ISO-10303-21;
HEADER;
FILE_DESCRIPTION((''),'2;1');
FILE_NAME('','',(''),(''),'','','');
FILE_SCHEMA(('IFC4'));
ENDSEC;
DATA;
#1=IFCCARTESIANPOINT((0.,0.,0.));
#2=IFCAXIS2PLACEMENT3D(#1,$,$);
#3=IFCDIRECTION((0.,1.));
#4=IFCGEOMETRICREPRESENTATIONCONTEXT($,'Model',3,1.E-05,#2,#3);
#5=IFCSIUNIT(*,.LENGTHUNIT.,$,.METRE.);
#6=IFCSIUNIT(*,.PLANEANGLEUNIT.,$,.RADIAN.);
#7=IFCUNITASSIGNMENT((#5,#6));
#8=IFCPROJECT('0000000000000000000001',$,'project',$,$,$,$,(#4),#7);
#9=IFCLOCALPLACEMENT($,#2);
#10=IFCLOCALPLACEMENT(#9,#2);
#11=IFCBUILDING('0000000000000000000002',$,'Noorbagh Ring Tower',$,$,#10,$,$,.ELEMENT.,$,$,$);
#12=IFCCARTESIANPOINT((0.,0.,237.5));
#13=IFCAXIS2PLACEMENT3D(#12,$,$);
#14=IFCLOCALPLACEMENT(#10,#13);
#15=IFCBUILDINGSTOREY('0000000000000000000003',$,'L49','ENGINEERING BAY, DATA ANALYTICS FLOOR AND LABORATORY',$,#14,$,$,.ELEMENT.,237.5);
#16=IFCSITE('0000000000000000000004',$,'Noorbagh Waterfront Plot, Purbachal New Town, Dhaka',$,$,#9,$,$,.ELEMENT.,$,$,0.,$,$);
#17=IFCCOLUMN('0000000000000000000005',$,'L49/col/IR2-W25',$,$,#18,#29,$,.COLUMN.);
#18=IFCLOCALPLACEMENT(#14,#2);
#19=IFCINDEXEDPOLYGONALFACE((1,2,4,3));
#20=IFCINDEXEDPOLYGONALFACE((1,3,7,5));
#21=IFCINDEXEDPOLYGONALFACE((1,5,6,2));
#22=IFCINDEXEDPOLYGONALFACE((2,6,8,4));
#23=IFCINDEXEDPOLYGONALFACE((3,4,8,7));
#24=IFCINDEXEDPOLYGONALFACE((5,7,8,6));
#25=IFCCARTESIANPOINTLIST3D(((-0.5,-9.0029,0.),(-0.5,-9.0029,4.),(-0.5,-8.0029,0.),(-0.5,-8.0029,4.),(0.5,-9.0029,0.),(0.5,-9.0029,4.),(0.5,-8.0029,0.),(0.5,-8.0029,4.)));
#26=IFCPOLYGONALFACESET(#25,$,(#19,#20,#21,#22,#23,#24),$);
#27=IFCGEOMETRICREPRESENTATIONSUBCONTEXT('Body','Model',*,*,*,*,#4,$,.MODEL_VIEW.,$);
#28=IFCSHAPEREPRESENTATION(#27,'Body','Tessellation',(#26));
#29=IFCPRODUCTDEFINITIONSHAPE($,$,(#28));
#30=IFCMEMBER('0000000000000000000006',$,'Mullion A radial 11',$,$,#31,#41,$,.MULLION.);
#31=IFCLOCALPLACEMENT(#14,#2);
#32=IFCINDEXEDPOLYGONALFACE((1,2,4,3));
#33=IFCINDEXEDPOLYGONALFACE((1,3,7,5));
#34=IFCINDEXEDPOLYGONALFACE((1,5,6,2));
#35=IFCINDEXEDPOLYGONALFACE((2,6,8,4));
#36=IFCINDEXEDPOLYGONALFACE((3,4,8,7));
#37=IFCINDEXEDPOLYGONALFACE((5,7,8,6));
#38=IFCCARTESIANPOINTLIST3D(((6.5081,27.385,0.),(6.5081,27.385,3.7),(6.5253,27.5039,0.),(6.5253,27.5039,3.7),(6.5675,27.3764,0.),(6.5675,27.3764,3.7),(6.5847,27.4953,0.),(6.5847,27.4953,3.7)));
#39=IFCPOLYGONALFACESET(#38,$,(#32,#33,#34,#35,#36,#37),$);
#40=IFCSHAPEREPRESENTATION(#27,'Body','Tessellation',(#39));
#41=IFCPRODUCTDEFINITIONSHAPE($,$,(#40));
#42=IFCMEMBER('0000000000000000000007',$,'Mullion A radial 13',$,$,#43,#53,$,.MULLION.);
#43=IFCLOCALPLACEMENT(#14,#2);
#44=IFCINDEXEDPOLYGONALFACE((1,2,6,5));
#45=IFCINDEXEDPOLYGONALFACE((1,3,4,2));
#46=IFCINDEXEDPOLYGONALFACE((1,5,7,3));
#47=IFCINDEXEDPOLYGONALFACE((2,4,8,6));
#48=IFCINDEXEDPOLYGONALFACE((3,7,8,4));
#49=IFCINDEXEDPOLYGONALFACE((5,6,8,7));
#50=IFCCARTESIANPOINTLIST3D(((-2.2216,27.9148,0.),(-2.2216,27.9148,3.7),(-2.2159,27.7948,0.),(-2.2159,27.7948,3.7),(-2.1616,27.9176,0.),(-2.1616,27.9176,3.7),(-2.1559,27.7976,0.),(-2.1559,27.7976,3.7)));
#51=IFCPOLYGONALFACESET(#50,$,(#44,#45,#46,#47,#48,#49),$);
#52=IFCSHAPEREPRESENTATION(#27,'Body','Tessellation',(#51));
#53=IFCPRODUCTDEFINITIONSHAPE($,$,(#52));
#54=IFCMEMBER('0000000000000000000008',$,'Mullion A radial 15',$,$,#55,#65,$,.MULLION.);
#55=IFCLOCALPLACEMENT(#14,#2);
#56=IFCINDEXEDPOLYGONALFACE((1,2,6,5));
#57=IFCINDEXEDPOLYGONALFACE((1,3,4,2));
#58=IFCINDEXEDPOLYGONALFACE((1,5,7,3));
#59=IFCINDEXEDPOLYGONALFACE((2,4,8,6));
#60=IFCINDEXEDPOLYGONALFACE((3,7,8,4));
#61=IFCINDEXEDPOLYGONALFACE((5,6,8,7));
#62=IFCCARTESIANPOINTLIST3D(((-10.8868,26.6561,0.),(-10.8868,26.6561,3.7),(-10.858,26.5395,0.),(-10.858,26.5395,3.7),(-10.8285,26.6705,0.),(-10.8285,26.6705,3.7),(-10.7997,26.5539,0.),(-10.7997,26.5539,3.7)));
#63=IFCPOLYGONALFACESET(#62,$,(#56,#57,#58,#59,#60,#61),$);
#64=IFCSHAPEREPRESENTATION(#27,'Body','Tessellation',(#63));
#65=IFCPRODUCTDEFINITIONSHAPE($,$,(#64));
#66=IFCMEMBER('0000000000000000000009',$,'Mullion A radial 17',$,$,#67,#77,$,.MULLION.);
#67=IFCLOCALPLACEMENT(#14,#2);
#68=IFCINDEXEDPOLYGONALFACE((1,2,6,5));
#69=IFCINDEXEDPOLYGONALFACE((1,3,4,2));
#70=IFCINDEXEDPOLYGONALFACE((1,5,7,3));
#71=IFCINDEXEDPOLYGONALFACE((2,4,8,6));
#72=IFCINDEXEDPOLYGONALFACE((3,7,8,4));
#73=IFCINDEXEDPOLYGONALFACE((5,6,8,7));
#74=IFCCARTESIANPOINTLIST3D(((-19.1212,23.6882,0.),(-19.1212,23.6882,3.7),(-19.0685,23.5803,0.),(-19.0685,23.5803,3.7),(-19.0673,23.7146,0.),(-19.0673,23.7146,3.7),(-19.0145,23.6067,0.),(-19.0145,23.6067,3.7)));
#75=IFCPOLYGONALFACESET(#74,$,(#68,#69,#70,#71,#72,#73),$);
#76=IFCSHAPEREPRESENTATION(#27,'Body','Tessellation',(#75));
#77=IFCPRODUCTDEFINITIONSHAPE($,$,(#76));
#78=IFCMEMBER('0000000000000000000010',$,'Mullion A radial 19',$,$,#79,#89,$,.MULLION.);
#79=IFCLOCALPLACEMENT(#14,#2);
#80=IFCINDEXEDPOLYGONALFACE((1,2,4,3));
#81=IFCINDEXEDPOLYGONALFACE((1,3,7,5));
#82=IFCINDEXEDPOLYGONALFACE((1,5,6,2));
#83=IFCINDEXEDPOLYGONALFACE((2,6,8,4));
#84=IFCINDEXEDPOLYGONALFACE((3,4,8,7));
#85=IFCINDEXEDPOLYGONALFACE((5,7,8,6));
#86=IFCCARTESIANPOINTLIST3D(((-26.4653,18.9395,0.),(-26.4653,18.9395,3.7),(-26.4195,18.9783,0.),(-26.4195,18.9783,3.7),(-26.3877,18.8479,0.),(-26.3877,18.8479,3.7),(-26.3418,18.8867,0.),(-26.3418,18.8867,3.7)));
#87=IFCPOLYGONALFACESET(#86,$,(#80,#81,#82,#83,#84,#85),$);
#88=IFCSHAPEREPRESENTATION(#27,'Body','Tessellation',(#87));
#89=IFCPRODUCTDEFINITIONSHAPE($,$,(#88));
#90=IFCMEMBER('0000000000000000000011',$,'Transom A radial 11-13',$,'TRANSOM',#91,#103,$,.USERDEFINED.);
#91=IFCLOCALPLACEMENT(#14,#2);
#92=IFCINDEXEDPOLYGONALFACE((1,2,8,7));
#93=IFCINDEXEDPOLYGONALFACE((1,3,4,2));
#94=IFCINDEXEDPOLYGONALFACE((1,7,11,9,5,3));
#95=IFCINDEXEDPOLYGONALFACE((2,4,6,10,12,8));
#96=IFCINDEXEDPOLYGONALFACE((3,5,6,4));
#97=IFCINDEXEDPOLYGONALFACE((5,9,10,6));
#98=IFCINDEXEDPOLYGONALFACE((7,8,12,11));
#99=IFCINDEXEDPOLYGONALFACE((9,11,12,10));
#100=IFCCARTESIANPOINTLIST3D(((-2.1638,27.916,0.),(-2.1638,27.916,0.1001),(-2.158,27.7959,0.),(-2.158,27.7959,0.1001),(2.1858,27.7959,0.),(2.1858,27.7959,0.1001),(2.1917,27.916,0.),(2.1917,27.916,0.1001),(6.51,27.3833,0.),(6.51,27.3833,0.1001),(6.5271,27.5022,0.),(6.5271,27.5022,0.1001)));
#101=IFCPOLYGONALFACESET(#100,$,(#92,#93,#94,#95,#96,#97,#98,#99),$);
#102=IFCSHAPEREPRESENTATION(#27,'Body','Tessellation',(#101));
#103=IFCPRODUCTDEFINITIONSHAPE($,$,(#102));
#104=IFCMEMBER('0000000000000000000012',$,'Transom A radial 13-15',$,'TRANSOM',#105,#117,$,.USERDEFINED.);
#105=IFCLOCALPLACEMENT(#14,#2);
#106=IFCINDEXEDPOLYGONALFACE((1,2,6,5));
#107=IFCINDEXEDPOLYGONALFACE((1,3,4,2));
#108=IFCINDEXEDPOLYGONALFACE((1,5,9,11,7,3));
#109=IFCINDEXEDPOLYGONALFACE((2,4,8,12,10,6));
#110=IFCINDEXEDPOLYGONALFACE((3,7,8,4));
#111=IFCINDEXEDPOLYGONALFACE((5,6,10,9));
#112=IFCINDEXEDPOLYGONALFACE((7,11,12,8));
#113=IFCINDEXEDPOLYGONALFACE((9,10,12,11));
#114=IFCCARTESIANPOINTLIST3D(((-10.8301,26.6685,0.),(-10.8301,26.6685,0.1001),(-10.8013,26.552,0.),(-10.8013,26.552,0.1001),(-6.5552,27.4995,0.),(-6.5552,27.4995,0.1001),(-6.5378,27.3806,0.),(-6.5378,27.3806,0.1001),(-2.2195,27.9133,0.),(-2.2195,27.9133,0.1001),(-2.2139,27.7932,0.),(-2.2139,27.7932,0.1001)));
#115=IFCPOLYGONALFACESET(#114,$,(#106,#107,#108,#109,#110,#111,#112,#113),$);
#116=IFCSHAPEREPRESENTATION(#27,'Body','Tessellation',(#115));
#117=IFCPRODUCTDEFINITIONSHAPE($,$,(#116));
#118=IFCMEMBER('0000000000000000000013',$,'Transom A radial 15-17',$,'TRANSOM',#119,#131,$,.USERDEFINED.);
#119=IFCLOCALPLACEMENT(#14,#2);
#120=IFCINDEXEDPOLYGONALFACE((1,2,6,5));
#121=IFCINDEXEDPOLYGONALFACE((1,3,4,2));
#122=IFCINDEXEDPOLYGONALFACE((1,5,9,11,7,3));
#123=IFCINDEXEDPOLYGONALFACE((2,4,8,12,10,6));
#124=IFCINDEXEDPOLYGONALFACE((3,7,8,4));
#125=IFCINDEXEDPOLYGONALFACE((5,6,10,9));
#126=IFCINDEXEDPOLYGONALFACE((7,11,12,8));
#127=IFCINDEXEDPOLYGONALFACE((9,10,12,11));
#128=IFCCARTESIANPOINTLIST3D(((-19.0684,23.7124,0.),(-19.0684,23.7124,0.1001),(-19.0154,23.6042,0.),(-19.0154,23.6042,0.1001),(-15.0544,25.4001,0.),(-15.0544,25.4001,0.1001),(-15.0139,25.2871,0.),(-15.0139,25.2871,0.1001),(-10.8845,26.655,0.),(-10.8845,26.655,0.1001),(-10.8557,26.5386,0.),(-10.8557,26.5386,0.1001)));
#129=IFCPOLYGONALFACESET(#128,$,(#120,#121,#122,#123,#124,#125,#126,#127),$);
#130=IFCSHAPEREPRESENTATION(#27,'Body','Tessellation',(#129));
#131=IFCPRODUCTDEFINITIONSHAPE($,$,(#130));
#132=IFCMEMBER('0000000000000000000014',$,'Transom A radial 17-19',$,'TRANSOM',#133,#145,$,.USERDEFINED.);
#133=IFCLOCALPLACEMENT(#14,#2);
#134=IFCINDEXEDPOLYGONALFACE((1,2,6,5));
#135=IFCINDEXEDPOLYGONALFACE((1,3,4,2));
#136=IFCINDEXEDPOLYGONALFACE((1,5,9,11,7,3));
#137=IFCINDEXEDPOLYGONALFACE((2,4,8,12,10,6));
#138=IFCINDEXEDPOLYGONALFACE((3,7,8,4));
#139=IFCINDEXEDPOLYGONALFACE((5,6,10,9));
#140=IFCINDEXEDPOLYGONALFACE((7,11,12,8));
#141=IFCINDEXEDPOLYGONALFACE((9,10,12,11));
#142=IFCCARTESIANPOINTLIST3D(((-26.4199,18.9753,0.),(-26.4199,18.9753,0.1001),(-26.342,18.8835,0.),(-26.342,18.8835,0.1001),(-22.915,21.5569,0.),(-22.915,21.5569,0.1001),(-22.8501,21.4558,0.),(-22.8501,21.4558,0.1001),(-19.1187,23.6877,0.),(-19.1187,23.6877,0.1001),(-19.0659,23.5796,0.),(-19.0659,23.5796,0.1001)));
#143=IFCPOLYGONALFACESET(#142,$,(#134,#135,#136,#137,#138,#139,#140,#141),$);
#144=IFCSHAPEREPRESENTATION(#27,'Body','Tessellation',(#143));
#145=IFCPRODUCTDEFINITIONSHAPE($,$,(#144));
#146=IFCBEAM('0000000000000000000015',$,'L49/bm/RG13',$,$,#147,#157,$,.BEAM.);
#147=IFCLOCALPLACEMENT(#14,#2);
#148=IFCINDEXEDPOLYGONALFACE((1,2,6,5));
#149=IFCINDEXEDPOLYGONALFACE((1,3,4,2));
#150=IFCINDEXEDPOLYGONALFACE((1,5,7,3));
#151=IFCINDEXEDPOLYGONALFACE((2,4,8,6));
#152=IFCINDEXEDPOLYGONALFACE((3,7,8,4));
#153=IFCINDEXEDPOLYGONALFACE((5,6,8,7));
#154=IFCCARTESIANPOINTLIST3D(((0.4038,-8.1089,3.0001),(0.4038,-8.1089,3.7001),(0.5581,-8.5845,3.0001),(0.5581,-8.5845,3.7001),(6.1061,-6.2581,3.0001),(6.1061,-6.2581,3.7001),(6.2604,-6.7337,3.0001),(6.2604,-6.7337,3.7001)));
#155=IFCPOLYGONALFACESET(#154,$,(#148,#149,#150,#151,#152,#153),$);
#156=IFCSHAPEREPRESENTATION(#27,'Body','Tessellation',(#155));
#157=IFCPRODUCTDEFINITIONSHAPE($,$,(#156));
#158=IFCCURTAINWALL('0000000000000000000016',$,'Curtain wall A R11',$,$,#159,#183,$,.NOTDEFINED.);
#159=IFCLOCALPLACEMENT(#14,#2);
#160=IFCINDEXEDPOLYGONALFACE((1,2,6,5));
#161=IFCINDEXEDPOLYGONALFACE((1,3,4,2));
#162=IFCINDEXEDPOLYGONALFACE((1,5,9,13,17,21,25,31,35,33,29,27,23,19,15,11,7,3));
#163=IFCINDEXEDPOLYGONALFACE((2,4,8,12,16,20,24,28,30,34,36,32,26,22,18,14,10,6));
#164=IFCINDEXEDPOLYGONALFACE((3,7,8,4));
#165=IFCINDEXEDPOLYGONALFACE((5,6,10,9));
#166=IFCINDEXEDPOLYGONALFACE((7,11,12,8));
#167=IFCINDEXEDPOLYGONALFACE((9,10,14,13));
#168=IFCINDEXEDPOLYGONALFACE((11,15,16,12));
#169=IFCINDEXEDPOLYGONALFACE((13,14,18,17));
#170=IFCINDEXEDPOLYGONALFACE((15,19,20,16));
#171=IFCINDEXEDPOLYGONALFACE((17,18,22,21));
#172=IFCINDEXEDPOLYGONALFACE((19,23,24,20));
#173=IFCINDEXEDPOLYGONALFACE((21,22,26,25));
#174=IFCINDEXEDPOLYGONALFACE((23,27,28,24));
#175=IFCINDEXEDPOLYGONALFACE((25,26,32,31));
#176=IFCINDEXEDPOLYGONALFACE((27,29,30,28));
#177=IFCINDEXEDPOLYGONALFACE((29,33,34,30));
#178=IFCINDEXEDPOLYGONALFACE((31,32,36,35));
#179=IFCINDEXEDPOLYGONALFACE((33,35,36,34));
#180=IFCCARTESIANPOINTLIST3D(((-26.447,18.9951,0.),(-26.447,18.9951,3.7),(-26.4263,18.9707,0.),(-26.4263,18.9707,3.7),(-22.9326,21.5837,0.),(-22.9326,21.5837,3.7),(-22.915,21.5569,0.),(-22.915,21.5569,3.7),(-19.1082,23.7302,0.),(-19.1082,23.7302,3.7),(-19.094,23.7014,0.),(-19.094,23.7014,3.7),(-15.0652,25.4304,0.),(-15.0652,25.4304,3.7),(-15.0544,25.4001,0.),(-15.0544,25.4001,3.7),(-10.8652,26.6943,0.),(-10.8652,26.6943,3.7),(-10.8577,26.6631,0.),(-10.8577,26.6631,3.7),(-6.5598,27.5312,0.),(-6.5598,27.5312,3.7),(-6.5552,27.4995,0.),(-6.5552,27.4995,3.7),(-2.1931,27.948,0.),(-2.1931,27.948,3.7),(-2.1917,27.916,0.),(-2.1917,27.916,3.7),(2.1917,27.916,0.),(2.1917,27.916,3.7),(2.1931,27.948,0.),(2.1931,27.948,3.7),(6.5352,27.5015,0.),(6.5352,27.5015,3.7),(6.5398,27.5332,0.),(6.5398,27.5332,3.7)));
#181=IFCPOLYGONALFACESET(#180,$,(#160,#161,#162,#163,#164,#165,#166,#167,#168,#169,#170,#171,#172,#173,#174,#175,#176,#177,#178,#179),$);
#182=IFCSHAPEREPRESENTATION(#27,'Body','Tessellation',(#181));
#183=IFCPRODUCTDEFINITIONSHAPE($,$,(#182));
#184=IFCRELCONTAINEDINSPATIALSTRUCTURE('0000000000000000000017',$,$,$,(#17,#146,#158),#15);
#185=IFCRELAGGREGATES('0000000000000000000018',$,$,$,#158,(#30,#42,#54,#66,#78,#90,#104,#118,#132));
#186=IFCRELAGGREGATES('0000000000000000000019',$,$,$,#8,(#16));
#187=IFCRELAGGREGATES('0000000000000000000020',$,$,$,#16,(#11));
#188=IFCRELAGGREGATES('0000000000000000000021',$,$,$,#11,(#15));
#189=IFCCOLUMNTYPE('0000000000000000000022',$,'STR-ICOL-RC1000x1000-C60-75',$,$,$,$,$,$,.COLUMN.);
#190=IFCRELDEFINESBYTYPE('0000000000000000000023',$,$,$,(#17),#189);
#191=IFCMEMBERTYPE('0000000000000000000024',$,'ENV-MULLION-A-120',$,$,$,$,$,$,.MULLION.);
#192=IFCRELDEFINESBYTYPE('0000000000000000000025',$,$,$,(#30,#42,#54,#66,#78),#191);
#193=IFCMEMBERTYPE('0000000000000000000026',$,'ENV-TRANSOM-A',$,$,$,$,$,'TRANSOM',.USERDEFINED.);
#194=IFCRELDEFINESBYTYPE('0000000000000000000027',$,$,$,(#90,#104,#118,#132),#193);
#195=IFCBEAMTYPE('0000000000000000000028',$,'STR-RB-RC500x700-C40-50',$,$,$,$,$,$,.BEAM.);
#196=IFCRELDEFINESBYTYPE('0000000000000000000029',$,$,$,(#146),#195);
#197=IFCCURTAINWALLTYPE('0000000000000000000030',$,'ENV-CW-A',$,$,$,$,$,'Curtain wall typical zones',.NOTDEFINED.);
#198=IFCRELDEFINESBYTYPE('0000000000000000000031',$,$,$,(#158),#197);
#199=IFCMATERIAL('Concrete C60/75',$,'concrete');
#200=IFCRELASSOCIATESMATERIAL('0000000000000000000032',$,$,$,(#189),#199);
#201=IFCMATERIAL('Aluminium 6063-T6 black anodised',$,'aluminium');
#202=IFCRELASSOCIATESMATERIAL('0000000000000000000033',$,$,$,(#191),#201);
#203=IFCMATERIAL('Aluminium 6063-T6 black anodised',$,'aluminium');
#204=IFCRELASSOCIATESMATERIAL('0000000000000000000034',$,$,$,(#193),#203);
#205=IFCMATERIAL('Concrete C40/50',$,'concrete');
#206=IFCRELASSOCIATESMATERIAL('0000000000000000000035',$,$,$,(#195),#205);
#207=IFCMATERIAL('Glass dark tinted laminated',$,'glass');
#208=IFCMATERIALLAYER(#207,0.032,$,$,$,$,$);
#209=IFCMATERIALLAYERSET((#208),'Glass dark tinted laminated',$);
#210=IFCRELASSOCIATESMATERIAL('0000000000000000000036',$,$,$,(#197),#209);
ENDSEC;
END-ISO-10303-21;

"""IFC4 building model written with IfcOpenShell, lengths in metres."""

from ifc_helpers import new_model, si_unit, direction, frame, origin, origin_2d, place, context, subcontext, project, spatial, polyline, rectangle, outline, extrude, material, layer, layer_set, material_profile, profile_set, type_object, element, aggregate, save


model = new_model("IFC4")

# Units and contexts
model_context = context("Model", 3, precision=1e-05, world=origin(), true_north=direction((0.0, 1.0)))
body_context = subcontext(model_context, "Body", "Model", "MODEL_VIEW")
ifc_project = project(units=[si_unit("LENGTHUNIT", "METRE"), si_unit("PLANEANGLEUNIT", "RADIAN")], contexts=[model_context])

# Site, building, storey
site_placement = place(None, origin())
site = spatial("IfcSite", under=ifc_project, at=site_placement, Name="Noorbagh Waterfront Plot, Purbachal New Town, Dhaka", CompositionType="ELEMENT", RefElevation=0.0)
building_placement = place(site_placement, origin())
building = spatial("IfcBuilding", under=site, at=building_placement, Name="Noorbagh Ring Tower", CompositionType="ELEMENT")
storey_placement = place(building_placement, frame((0.0, 0.0, 237.5)))
storey = spatial("IfcBuildingStorey", under=building, at=storey_placement, Name="L49", Description="ENGINEERING BAY, DATA ANALYTICS FLOOR AND LABORATORY", CompositionType="ELEMENT", Elevation=237.5)

# Column
ifc_material_1 = material(Name="Concrete C60/75", Category="concrete")
ifc_material_profile_1 = material_profile(ifc_material_1, rectangle(XDim=1.0, YDim=1.0, at=origin_2d()), Name="RC1000x1000")
ifc_profile_set_1 = profile_set([ifc_material_profile_1], Name="Concrete C60/75")
column_type = type_object("IfcColumnType", Name="STR-ICOL-RC1000x1000-C60-75", PredefinedType="COLUMN", material=ifc_profile_set_1)
column_placement = place(storey_placement, frame((0.0, -8.5029, 0.0), z_axis=(0.0, 0.0, 1.0), x_axis=(1.0, 0.0, 0.0)))
element("IfcColumn", 1, at=column_placement, inside=storey, type_object=column_type, Name="L49/col/IR2-W25", PredefinedType="COLUMN", context=body_context, shape_type="SweptSolid", body=[
    extrude(rectangle(XDim=1.0, YDim=1.0, at=origin_2d()), origin(), (0.0, 0.0, 1.0), 4.0),
])

# Members
ifc_material_2 = material(Name="Aluminium 6063-T6 black anodised", Category="aluminium")
ifc_material_profile_2 = material_profile(ifc_material_2, rectangle(XDim=0.1201, YDim=0.0601, at=origin_2d()), Name="120x60")
ifc_profile_set_2 = profile_set([ifc_material_profile_2], Name="Aluminium 6063-T6 black anodised")
member_type_1 = type_object("IfcMemberType", Name="ENV-MULLION-A-120", PredefinedType="MULLION", material=ifc_profile_set_2)
member_1_placement = place(storey_placement, frame((6.5464, 27.4402, 0.0), z_axis=(0.0, 0.0, 1.0), x_axis=(-0.143082, -0.989711, 0.0)))
member_1 = element("IfcMember", 2, at=member_1_placement, type_object=member_type_1, Name="Mullion A radial 11", PredefinedType="MULLION", context=body_context, shape_type="SweptSolid", body=[
    extrude(rectangle(XDim=0.1201, YDim=0.0601, at=origin_2d()), origin(), (0.0, 0.0, 1.0), 3.7),
])
member_2_placement = place(storey_placement, frame((-2.1887, 27.8562, 0.0), z_axis=(0.0, 0.0, 1.0), x_axis=(0.047558, -0.998868, 0.0)))
member_2 = element("IfcMember", 3, at=member_2_placement, type_object=member_type_1, Name="Mullion A radial 13", PredefinedType="MULLION", context=body_context, shape_type="SweptSolid", body=[
    extrude(rectangle(XDim=0.1201, YDim=0.0601, at=origin_2d()), origin(), (0.0, 0.0, 1.0), 3.7),
])
member_3_placement = place(storey_placement, frame((-10.8433, 26.605, 0.0), z_axis=(0.0, 0.0, 1.0), x_axis=(0.239799, -0.970823, 0.0)))
member_3 = element("IfcMember", 4, at=member_3_placement, type_object=member_type_1, Name="Mullion A radial 15", PredefinedType="MULLION", context=body_context, shape_type="SweptSolid", body=[
    extrude(rectangle(XDim=0.1201, YDim=0.0601, at=origin_2d()), origin(), (0.0, 0.0, 1.0), 3.7),
])
member_4_placement = place(storey_placement, frame((-19.0679, 23.6475, 0.0), z_axis=(0.0, 0.0, 1.0), x_axis=(0.439238, -0.898371, 0.0)))
member_4 = element("IfcMember", 5, at=member_4_placement, type_object=member_type_1, Name="Mullion A radial 17", PredefinedType="MULLION", context=body_context, shape_type="SweptSolid", body=[
    extrude(rectangle(XDim=0.1201, YDim=0.0601, at=origin_2d()), origin(), (0.0, 0.0, 1.0), 3.7),
])
member_5_placement = place(storey_placement, frame((-26.4036, 18.9131, 0.0), z_axis=(0.0, 0.0, 1.0), x_axis=(0.646451, -0.762955, 0.0)))
member_5 = element("IfcMember", 6, at=member_5_placement, type_object=member_type_1, Name="Mullion A radial 19", PredefinedType="MULLION", context=body_context, shape_type="SweptSolid", body=[
    extrude(rectangle(XDim=0.1201, YDim=0.0601, at=origin_2d()), origin(), (0.0, 0.0, 1.0), 3.7),
])
ifc_material_3 = material(Name="Aluminium 6063-T6 black anodised", Category="aluminium")
member_type_2 = type_object("IfcMemberType", Name="ENV-TRANSOM-A", ElementType="TRANSOM", PredefinedType="USERDEFINED", material=ifc_material_3)
member_6_placement = place(storey_placement, origin())
member_6 = element("IfcMember", 7, at=member_6_placement, type_object=member_type_2, Name="Transom A radial 11-13", ObjectType="TRANSOM", PredefinedType="USERDEFINED", context=body_context, shape_type="SweptSolid", body=[
    extrude(outline(polyline([(6.5271, 27.5022), (2.1917, 27.916), (-2.1638, 27.916), (-2.158, 27.7959), (2.1858, 27.7959), (6.51, 27.3833), (6.5271, 27.5022)])), origin(), (0.0, 0.0, 1.0), 0.1001),
])
member_7_placement = place(storey_placement, origin())
member_7 = element("IfcMember", 8, at=member_7_placement, type_object=member_type_2, Name="Transom A radial 13-15", ObjectType="TRANSOM", PredefinedType="USERDEFINED", context=body_context, shape_type="SweptSolid", body=[
    extrude(outline(polyline([(-2.2195, 27.9133), (-6.5552, 27.4995), (-10.8301, 26.6685), (-10.8013, 26.552), (-6.5378, 27.3806), (-2.2139, 27.7932), (-2.2195, 27.9133)])), origin(), (0.0, 0.0, 1.0), 0.1001),
])
member_8_placement = place(storey_placement, origin())
member_8 = element("IfcMember", 9, at=member_8_placement, type_object=member_type_2, Name="Transom A radial 15-17", ObjectType="TRANSOM", PredefinedType="USERDEFINED", context=body_context, shape_type="SweptSolid", body=[
    extrude(outline(polyline([(-10.8845, 26.655), (-15.0544, 25.4001), (-19.0684, 23.7124), (-19.0154, 23.6042), (-15.0139, 25.2871), (-10.8557, 26.5386), (-10.8845, 26.655)])), origin(), (0.0, 0.0, 1.0), 0.1001),
])
member_9_placement = place(storey_placement, origin())
member_9 = element("IfcMember", 10, at=member_9_placement, type_object=member_type_2, Name="Transom A radial 17-19", ObjectType="TRANSOM", PredefinedType="USERDEFINED", context=body_context, shape_type="SweptSolid", body=[
    extrude(outline(polyline([(-19.1187, 23.6877), (-22.915, 21.5569), (-26.4199, 18.9753), (-26.342, 18.8835), (-22.8501, 21.4558), (-19.0659, 23.5796), (-19.1187, 23.6877)])), origin(), (0.0, 0.0, 1.0), 0.1001),
])

# Beam
ifc_material_4 = material(Name="Concrete C40/50", Category="concrete")
ifc_material_profile_3 = material_profile(ifc_material_4, rectangle(XDim=0.5, YDim=0.7, at=origin_2d()), Name="RC500x700")
ifc_profile_set_3 = profile_set([ifc_material_profile_3], Name="Concrete C40/50")
beam_type = type_object("IfcBeamType", Name="STR-RB-RC500x700-C40-50", PredefinedType="BEAM", material=ifc_profile_set_3)
beam_placement = place(storey_placement, frame((0.481, -8.3467, 3.3501), z_axis=(0.951154, 0.308717, 0.0), x_axis=(-0.308717, 0.951154, 0.0)))
element("IfcBeam", 11, at=beam_placement, inside=storey, type_object=beam_type, Name="L49/bm/RG13", PredefinedType="BEAM", context=body_context, shape_type="SweptSolid", body=[
    extrude(rectangle(XDim=0.5, YDim=0.7, at=origin_2d()), origin(), (0.0, 0.0, 1.0), 5.9951),
])

# Curtain wall
ifc_material_5 = material(Name="Glass dark tinted laminated", Category="glass")
ifc_layer_1 = layer(ifc_material_5, 0.032)
ifc_layer_set_1 = layer_set([ifc_layer_1], Name="Glass dark tinted laminated")
curtain_wall_type = type_object("IfcCurtainWallType", Name="ENV-CW-A", ElementType="Curtain wall typical zones", PredefinedType="NOTDEFINED", material=ifc_layer_set_1)
curtain_wall_1_placement = place(storey_placement, origin())
curtain_wall_1 = element("IfcCurtainWall", 12, at=curtain_wall_1_placement, inside=storey, type_object=curtain_wall_type, Name="Curtain wall A R11", PredefinedType="NOTDEFINED", context=body_context, shape_type="SweptSolid", body=[
    extrude(outline(polyline([(6.5398, 27.5332), (2.1931, 27.948), (-2.1931, 27.948), (-6.5598, 27.5312), (-10.8652, 26.6943), (-15.0652, 25.4304), (-19.1082, 23.7302), (-22.9326, 21.5837), (-26.447, 18.9951), (-26.4263, 18.9707), (-22.915, 21.5569), (-19.094, 23.7014), (-15.0544, 25.4001), (-10.8577, 26.6631), (-6.5552, 27.4995), (-2.1917, 27.916), (2.1917, 27.916), (6.5352, 27.5015), (6.5398, 27.5332)])), origin(), (0.0, 0.0, 1.0), 3.7),
])
aggregate(curtain_wall_1, [member_1, member_2, member_3, member_4, member_5, member_6, member_7, member_8, member_9])

save(model, "model.ifc")
